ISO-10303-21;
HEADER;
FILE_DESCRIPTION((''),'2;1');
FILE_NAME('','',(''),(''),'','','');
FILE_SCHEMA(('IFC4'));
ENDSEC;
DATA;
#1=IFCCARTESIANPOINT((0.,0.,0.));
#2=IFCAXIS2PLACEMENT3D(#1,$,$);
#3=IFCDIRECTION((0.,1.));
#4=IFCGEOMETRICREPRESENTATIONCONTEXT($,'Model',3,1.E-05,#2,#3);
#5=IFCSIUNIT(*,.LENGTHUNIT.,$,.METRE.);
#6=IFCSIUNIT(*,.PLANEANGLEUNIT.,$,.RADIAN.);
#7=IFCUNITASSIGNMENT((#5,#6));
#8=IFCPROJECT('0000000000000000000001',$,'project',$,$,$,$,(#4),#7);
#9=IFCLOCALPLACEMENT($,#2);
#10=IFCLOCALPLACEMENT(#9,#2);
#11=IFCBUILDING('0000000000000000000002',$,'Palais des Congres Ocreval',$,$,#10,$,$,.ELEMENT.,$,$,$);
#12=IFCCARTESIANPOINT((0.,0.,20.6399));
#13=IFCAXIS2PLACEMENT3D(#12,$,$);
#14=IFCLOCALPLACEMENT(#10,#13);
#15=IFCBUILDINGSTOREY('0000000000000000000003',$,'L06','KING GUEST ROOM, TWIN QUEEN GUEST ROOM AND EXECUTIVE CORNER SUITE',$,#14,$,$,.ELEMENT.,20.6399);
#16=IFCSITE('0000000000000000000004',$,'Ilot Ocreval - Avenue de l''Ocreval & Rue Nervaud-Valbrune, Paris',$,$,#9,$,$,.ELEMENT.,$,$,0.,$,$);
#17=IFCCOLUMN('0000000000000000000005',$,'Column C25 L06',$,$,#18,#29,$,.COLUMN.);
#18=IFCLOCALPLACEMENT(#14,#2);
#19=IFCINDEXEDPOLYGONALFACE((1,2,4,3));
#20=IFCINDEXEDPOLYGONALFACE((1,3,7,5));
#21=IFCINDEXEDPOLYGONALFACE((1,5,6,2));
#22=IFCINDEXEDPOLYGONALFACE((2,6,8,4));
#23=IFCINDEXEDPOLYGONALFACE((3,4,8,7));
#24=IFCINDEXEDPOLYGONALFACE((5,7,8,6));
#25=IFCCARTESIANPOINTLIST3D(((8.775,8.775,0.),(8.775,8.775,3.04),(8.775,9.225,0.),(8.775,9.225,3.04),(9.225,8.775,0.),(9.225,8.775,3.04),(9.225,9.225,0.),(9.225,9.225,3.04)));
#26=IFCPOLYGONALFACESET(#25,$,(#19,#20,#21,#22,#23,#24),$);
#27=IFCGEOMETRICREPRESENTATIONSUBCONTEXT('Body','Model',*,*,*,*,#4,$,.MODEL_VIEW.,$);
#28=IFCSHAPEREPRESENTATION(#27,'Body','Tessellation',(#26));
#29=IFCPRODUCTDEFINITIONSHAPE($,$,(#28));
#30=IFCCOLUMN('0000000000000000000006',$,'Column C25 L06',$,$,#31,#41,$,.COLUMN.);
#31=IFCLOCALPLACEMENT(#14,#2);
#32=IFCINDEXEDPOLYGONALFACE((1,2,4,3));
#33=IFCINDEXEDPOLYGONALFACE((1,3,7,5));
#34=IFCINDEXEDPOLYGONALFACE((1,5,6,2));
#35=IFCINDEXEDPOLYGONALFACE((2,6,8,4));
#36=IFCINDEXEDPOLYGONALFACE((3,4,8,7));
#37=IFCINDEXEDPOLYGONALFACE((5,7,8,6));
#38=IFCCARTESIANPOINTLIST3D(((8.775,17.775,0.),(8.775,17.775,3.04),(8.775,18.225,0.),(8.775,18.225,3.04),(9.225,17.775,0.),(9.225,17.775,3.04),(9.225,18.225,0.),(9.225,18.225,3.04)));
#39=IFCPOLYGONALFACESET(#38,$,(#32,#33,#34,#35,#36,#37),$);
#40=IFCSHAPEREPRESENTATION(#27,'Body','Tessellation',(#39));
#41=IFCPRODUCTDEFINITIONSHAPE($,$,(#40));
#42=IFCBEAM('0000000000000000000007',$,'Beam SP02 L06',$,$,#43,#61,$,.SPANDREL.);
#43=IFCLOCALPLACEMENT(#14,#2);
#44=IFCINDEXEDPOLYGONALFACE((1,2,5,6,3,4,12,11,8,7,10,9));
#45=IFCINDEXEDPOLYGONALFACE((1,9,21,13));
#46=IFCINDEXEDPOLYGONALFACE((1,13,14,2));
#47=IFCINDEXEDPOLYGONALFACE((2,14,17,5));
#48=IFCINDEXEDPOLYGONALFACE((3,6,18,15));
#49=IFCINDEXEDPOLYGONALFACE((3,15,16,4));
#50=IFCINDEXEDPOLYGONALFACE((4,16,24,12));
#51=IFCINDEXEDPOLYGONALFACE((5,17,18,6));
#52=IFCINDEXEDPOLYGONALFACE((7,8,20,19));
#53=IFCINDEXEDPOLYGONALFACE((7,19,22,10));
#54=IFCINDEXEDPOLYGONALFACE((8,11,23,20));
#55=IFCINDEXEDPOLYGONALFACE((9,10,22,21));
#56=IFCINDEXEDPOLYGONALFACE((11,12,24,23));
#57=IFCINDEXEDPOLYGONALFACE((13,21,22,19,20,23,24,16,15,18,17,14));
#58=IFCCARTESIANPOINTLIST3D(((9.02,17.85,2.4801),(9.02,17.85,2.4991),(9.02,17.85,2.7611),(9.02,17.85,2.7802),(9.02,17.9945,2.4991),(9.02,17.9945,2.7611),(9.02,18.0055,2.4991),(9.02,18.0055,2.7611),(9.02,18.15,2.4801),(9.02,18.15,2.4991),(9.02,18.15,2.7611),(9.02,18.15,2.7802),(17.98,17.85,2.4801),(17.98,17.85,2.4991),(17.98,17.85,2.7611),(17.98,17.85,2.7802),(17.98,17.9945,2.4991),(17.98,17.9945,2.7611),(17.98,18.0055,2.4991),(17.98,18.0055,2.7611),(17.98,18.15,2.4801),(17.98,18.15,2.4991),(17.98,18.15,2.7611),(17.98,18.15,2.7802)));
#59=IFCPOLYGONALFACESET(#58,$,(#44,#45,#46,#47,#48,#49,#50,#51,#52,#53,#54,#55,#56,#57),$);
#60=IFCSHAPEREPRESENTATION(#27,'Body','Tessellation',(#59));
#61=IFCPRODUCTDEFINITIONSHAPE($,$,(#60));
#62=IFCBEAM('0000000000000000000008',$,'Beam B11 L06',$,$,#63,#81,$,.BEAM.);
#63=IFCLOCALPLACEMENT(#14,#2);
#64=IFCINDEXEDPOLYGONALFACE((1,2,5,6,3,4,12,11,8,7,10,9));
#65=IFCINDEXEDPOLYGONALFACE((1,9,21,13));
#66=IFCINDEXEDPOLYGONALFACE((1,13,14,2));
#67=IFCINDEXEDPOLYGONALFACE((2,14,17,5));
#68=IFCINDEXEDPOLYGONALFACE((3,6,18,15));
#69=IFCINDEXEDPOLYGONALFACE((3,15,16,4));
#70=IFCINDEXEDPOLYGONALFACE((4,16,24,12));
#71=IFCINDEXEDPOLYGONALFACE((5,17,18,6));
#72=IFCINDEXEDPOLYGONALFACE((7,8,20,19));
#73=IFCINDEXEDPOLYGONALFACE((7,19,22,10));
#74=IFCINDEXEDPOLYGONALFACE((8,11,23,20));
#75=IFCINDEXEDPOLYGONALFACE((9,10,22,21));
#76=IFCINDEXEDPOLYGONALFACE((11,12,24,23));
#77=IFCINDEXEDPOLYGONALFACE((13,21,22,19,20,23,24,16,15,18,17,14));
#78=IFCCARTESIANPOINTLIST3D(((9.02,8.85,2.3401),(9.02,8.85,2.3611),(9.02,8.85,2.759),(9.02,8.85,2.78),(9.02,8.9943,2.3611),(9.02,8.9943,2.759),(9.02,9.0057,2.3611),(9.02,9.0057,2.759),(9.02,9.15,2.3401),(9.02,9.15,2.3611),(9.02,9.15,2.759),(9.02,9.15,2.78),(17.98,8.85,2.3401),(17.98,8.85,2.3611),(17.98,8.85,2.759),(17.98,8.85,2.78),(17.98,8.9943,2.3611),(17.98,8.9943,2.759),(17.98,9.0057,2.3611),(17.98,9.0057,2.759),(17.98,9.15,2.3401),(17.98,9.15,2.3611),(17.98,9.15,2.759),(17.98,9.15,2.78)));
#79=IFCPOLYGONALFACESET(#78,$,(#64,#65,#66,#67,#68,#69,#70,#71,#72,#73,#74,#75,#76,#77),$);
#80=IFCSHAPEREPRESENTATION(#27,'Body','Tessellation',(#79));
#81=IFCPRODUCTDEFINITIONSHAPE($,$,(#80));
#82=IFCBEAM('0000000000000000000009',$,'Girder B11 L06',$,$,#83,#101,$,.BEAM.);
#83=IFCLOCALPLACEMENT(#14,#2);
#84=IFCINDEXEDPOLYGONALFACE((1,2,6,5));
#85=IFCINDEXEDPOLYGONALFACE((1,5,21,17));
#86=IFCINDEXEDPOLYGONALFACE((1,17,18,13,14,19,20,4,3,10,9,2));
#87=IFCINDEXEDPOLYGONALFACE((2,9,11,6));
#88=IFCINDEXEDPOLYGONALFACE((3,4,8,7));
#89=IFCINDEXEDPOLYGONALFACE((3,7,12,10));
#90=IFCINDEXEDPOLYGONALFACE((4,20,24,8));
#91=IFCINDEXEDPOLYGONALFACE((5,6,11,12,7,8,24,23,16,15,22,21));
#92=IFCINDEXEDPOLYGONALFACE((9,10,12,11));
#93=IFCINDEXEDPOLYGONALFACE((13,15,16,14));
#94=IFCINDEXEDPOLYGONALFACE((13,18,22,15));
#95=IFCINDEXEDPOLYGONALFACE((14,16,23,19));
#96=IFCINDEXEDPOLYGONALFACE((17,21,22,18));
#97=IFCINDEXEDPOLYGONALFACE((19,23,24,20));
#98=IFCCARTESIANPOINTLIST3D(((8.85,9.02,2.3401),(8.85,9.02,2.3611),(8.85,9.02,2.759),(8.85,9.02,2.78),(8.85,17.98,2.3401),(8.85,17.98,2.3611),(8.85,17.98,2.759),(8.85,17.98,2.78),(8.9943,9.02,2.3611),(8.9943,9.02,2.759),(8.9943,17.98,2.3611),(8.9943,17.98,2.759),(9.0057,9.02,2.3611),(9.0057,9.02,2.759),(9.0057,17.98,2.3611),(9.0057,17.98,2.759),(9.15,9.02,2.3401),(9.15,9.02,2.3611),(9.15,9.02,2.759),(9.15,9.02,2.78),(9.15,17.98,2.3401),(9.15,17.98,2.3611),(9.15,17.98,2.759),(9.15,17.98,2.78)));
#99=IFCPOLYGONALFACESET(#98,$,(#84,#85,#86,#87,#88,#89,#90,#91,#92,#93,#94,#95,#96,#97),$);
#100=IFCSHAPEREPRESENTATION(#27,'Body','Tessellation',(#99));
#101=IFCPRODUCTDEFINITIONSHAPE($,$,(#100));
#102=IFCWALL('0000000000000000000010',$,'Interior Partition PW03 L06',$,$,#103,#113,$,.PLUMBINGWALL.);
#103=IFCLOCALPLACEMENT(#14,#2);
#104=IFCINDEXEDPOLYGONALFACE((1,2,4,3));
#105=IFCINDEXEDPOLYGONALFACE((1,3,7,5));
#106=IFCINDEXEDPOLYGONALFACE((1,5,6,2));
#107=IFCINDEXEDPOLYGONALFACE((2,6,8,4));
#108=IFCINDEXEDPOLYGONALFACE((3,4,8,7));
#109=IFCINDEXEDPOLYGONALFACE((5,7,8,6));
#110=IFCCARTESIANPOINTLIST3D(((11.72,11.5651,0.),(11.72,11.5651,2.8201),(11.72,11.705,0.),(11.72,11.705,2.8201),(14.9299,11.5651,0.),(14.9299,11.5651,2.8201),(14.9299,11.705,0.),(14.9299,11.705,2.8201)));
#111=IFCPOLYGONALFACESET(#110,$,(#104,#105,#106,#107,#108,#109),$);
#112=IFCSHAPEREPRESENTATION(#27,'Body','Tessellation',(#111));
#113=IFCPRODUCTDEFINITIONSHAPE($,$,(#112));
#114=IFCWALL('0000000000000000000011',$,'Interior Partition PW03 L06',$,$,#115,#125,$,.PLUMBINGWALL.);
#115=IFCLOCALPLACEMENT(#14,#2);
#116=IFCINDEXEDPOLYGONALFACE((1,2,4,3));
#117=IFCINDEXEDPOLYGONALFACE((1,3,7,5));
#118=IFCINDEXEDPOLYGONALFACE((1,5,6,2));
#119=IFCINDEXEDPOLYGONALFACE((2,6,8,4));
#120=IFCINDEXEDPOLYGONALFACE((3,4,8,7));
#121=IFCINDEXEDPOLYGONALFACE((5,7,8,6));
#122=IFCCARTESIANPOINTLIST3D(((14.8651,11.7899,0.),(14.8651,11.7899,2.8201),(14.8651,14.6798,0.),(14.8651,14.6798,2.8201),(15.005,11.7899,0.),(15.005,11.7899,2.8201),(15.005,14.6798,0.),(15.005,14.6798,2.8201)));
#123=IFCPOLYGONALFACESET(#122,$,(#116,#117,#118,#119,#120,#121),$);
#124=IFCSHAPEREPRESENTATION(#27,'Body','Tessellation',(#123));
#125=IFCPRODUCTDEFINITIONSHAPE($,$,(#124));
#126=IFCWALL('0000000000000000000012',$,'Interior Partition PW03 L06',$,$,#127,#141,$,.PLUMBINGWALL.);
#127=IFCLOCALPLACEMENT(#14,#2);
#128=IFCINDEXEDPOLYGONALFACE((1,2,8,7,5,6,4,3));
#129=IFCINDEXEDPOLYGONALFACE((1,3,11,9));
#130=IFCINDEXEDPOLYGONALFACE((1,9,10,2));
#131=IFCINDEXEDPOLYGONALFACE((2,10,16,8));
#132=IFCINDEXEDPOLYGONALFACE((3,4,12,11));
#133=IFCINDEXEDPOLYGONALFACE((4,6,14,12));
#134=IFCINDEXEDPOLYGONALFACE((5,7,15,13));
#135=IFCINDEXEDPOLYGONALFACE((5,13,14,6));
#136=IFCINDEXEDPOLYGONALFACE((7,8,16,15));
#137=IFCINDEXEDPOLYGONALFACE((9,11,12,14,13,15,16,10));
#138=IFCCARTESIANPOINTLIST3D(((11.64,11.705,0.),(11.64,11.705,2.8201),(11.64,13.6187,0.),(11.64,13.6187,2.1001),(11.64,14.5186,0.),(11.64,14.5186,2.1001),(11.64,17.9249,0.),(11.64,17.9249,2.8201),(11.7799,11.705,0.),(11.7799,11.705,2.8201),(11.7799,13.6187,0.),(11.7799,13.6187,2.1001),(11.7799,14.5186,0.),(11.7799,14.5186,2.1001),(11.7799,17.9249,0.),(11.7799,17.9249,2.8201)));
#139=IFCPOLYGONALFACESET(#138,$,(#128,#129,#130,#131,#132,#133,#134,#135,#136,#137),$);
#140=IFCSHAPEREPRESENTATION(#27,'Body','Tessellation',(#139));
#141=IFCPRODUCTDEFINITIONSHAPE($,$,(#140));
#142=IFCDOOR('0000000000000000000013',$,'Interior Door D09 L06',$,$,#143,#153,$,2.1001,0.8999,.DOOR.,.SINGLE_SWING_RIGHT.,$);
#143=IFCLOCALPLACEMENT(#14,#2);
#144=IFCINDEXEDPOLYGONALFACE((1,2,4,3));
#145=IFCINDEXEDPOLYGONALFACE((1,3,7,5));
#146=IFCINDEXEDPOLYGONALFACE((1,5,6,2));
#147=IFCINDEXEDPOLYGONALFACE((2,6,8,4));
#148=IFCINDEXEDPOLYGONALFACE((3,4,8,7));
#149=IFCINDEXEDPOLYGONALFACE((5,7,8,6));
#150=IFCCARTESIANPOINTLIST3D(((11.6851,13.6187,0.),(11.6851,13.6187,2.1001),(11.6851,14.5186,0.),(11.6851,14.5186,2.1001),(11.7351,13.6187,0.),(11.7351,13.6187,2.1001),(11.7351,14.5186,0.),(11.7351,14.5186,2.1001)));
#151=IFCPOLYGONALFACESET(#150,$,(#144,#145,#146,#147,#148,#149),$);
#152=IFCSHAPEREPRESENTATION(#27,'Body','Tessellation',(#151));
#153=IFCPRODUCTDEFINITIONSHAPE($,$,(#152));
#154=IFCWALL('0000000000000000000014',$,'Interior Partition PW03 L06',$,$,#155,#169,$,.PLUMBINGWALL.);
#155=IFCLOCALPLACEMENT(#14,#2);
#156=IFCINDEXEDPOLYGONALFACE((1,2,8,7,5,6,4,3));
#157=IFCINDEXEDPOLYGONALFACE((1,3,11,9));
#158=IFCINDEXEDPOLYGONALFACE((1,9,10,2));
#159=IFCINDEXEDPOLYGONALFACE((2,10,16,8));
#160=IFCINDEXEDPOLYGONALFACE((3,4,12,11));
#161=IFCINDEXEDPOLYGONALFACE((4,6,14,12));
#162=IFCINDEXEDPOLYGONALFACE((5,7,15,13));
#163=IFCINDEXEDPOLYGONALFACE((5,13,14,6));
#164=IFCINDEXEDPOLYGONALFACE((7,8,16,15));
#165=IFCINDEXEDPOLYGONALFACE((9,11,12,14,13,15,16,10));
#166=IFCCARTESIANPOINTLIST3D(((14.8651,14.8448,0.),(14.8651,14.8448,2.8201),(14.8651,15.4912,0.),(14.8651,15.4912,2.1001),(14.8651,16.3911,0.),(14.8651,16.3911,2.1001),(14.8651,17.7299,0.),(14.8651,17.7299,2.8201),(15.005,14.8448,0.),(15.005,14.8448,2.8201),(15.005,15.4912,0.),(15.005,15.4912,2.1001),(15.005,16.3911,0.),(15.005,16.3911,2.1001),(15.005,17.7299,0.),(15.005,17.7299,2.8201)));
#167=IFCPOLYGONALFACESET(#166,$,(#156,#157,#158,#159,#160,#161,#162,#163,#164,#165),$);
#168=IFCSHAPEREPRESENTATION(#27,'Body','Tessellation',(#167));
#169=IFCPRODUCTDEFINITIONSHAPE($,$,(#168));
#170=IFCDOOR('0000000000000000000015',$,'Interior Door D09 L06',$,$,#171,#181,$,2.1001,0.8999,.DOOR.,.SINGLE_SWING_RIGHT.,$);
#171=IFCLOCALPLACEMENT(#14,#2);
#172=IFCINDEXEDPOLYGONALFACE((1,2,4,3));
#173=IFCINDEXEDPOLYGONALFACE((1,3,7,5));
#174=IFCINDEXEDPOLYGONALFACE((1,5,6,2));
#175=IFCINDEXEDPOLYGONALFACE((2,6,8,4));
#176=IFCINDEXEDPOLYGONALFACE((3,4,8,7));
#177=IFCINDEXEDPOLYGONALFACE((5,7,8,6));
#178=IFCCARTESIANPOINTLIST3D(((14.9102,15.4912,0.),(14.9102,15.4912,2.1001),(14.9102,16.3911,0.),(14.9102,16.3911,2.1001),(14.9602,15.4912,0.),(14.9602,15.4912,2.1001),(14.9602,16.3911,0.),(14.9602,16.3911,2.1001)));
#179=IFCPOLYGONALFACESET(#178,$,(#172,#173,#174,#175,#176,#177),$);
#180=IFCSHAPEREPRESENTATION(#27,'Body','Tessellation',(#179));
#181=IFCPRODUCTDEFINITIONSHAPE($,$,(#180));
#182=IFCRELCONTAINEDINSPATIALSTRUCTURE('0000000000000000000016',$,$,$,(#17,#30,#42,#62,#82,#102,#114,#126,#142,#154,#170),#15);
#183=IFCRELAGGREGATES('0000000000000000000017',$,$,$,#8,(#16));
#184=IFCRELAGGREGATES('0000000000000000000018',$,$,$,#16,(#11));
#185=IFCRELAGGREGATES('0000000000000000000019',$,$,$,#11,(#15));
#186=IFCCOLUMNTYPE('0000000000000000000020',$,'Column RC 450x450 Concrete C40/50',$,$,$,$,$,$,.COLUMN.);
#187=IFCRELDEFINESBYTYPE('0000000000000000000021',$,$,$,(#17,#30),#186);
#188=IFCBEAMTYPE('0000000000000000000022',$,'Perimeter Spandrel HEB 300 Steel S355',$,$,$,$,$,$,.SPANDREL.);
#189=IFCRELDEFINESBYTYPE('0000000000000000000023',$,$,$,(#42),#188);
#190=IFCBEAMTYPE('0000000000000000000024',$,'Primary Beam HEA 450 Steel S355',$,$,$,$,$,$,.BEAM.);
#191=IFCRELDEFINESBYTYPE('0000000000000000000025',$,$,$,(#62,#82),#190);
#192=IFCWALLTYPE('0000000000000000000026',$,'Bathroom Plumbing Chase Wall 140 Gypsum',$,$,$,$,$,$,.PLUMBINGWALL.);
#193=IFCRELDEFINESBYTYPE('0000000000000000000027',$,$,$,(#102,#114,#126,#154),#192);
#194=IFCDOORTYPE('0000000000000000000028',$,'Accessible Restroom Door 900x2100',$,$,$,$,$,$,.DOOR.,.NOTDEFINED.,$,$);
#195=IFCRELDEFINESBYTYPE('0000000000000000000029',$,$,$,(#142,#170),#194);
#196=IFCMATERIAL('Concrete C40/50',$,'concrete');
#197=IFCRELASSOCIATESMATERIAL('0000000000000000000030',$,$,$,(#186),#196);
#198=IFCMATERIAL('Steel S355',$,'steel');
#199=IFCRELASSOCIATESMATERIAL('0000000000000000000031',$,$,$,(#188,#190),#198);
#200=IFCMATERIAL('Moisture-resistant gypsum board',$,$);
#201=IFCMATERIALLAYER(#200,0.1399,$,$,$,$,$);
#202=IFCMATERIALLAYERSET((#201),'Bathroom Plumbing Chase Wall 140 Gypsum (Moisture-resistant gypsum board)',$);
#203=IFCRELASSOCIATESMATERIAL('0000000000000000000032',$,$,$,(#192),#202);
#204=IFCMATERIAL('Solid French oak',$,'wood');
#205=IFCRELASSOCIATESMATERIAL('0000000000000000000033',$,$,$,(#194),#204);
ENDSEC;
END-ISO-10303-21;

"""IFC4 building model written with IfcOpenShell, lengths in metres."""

from ifc_helpers import new_model, si_unit, direction, frame, frame_2d, origin, origin_2d, place, context, subcontext, project, spatial, rectangle, i_section, extrude, material, layer, layer_set, material_profile, profile_set, type_object, element, fill, save


model = new_model("IFC4")

# Units and contexts
model_context = context("Model", 3, precision=1e-05, world=origin(), true_north=direction((0.0, 1.0)))
body_context = subcontext(model_context, "Body", "Model", "MODEL_VIEW")
ifc_project = project(units=[si_unit("LENGTHUNIT", "METRE"), si_unit("PLANEANGLEUNIT", "RADIAN")], contexts=[model_context])

# Site, building, storey
site_placement = place(None, origin())
site = spatial("IfcSite", under=ifc_project, at=site_placement, Name="Ilot Ocreval - Avenue de l'Ocreval & Rue Nervaud-Valbrune, Paris", CompositionType="ELEMENT", RefElevation=0.0)
building_placement = place(site_placement, origin())
building = spatial("IfcBuilding", under=site, at=building_placement, Name="Palais des Congres Ocreval", CompositionType="ELEMENT")
storey_placement = place(building_placement, frame((0.0, 0.0, 20.6399)))
storey = spatial("IfcBuildingStorey", under=building, at=storey_placement, Name="L06", Description="KING GUEST ROOM, TWIN QUEEN GUEST ROOM AND EXECUTIVE CORNER SUITE", CompositionType="ELEMENT", Elevation=20.6399)

# Columns
ifc_material_1 = material(Name="Concrete C40/50", Category="concrete")
ifc_material_profile_1 = material_profile(ifc_material_1, rectangle(XDim=0.45, YDim=0.45, at=origin_2d()), Name="RC 450x450")
ifc_profile_set_1 = profile_set([ifc_material_profile_1], Name="Concrete C40/50")
column_type = type_object("IfcColumnType", Name="Column RC 450x450 Concrete C40/50", PredefinedType="COLUMN", material=ifc_profile_set_1)
for number, where, z_axis, x_axis, name in (
    (1, (9.0, 9.0, 0.0), (0.0, 0.0, 1.0), (1.0, 0.0, 0.0), "Column C25 L06"),
    (2, (9.0, 18.0, 0.0), (0.0, 0.0, 1.0), (1.0, 0.0, 0.0), "Column C25 L06"),
):
    element("IfcColumn", number, at=place(storey_placement, frame(where, z_axis=z_axis, x_axis=x_axis)), inside=storey, type_object=column_type, Name=name, PredefinedType="COLUMN", context=body_context, shape_type="SweptSolid", body=[
        extrude(rectangle(XDim=0.45, YDim=0.45, at=origin_2d()), origin(), (0.0, 0.0, 1.0), 3.04),
    ])

# Beams
ifc_material_2 = material(Name="Steel S355", Category="steel")
ifc_material_profile_2 = material_profile(ifc_material_2, i_section(OverallWidth=0.3, OverallDepth=0.3, WebThickness=0.011, FlangeThickness=0.019, at=origin_2d()), Name="HEB 300")
ifc_profile_set_2 = profile_set([ifc_material_profile_2], Name="Steel S355")
beam_type_1 = type_object("IfcBeamType", Name="Perimeter Spandrel HEB 300 Steel S355", PredefinedType="SPANDREL", material=ifc_profile_set_2)
beam_placement = place(storey_placement, frame((9.02, 18.0, 2.6301), z_axis=(1.0, 0.0, 0.0), x_axis=(0.0, 1.0, 0.0)))
element("IfcBeam", 3, at=beam_placement, inside=storey, type_object=beam_type_1, Name="Beam SP02 L06", PredefinedType="SPANDREL", context=body_context, shape_type="SweptSolid", body=[
    extrude(i_section(OverallWidth=0.3, OverallDepth=0.3, WebThickness=0.011, FlangeThickness=0.019, at=origin_2d()), origin(), (0.0, 0.0, 1.0), 8.96),
])
ifc_material_profile_3 = material_profile(ifc_material_2, i_section(OverallWidth=0.3, OverallDepth=0.4399, WebThickness=0.0115, FlangeThickness=0.021, at=origin_2d()), Name="HEA 450")
ifc_profile_set_3 = profile_set([ifc_material_profile_3], Name="Steel S355")
beam_type_2 = type_object("IfcBeamType", Name="Primary Beam HEA 450 Steel S355", PredefinedType="BEAM", material=ifc_profile_set_3)
for number, where, z_axis, x_axis, name in (
    (4, (9.02, 9.0, 2.5601), (1.0, 0.0, 0.0), (0.0, 1.0, 0.0), "Beam B11 L06"),
    (5, (9.0, 9.02, 2.5601), (0.0, 1.0, 0.0), (-1.0, 0.0, 0.0), "Girder B11 L06"),
):
    element("IfcBeam", number, at=place(storey_placement, frame(where, z_axis=z_axis, x_axis=x_axis)), inside=storey, type_object=beam_type_2, Name=name, PredefinedType="BEAM", context=body_context, shape_type="SweptSolid", body=[
        extrude(i_section(OverallWidth=0.3, OverallDepth=0.4399, WebThickness=0.0115, FlangeThickness=0.021, at=origin_2d()), origin(), (0.0, 0.0, 1.0), 8.96),
    ])

# Walls
ifc_material_3 = material(Name="Moisture-resistant gypsum board")
ifc_layer_1 = layer(ifc_material_3, 0.1399)
ifc_layer_set_1 = layer_set([ifc_layer_1], Name="Bathroom Plumbing Chase Wall 140 Gypsum (Moisture-resistant gypsum board)")
wall_type_1 = type_object("IfcWallType", Name="Bathroom Plumbing Chase Wall 140 Gypsum", PredefinedType="PLUMBINGWALL", material=ifc_layer_set_1)
wall_1_placement = place(storey_placement, frame((11.72, 11.635, 0.0), z_axis=(0.0, 0.0, 1.0), x_axis=(1.0, 0.0, 0.0)))
element("IfcWall", 6, at=wall_1_placement, inside=storey, type_object=wall_type_1, Name="Interior Partition PW03 L06", PredefinedType="PLUMBINGWALL", context=body_context, shape_type="SweptSolid", body=[
    extrude(rectangle(XDim=3.21, YDim=0.1399, at=frame_2d((1.605, 0.0))), origin(), (0.0, 0.0, 1.0), 2.8201),
])
wall_2_placement = place(storey_placement, frame((14.9351, 11.79, 0.0), z_axis=(0.0, 0.0, 1.0), x_axis=(0.0, 1.0, 0.0)))
element("IfcWall", 7, at=wall_2_placement, inside=storey, type_object=wall_type_1, Name="Interior Partition PW03 L06", PredefinedType="PLUMBINGWALL", context=body_context, shape_type="SweptSolid", body=[
    extrude(rectangle(XDim=2.8899, YDim=0.1399, at=frame_2d((1.4448, 0.0))), origin(), (0.0, 0.0, 1.0), 2.8201),
])

# Walls, openings, doors
wall_3_placement = place(storey_placement, frame((11.71, 11.7051, 0.0), z_axis=(0.0, 0.0, 1.0), x_axis=(0.0, 1.0, 0.0)))
wall_3 = element("IfcWall", 8, at=wall_3_placement, inside=storey, type_object=wall_type_1, Name="Interior Partition PW03 L06", PredefinedType="PLUMBINGWALL", context=body_context, shape_type="SweptSolid", body=[
    extrude(rectangle(XDim=6.22, YDim=0.1399, at=frame_2d((3.1099, 0.0))), origin(), (0.0, 0.0, 1.0), 2.8201),
])
opening_1_placement = place(wall_3_placement, frame((1.9136, 0.0, 0.0)))
opening_1 = element("IfcOpeningElement", 9, at=opening_1_placement, cuts=wall_3, PredefinedType="OPENING", context=body_context, shape_type="SweptSolid", body=[
    extrude(rectangle(XDim=0.8999, YDim=2.1001, at=frame_2d((0.45, 1.05))), frame((0.0, 0.0798, 0.0), z_axis=(0.0, -1.0, 0.0), x_axis=(1.0, 0.0, 0.0)), (0.0, 0.0, 1.0), 0.1599),
])
ifc_material_4 = material(Name="Solid French oak", Category="wood")
door_type_1 = type_object("IfcDoorType", Name="Accessible Restroom Door 900x2100", OperationType="NOTDEFINED", PredefinedType="DOOR", material=ifc_material_4)
door_1_placement = place(opening_1_placement, origin())
door_1 = element("IfcDoor", 10, at=door_1_placement, inside=storey, type_object=door_type_1, Name="Interior Door D09 L06", OperationType="SINGLE_SWING_RIGHT", OverallHeight=2.1001, OverallWidth=0.8999, PredefinedType="DOOR", context=body_context, shape_type="SweptSolid", body=[
    extrude(rectangle(XDim=0.8999, YDim=2.1001, at=frame_2d((0.45, 1.05))), frame((0.0, 0.0249, 0.0), z_axis=(0.0, -1.0, 0.0), x_axis=(1.0, 0.0, 0.0)), (0.0, 0.0, 1.0), 0.05),
])
fill(opening_1, door_1)
wall_4_placement = place(storey_placement, frame((14.9351, 14.845, 0.0), z_axis=(0.0, 0.0, 1.0), x_axis=(0.0, 1.0, 0.0)))
wall_4 = element("IfcWall", 11, at=wall_4_placement, inside=storey, type_object=wall_type_1, Name="Interior Partition PW03 L06", PredefinedType="PLUMBINGWALL", context=body_context, shape_type="SweptSolid", body=[
    extrude(rectangle(XDim=2.885, YDim=0.1399, at=frame_2d((1.4424, 0.0))), origin(), (0.0, 0.0, 1.0), 2.8201),
])
opening_2_placement = place(wall_4_placement, frame((0.6462, 0.0, 0.0)))
opening_2 = element("IfcOpeningElement", 12, at=opening_2_placement, cuts=wall_4, PredefinedType="OPENING", context=body_context, shape_type="SweptSolid", body=[
    extrude(rectangle(XDim=0.8999, YDim=2.1001, at=frame_2d((0.45, 1.05))), frame((0.0, 0.0798, 0.0), z_axis=(0.0, -1.0, 0.0), x_axis=(1.0, 0.0, 0.0)), (0.0, 0.0, 1.0), 0.1599),
])
door_2_placement = place(opening_2_placement, origin())
door_2 = element("IfcDoor", 13, at=door_2_placement, inside=storey, type_object=door_type_1, Name="Interior Door D09 L06", OperationType="SINGLE_SWING_RIGHT", OverallHeight=2.1001, OverallWidth=0.8999, PredefinedType="DOOR", context=body_context, shape_type="SweptSolid", body=[
    extrude(rectangle(XDim=0.8999, YDim=2.1001, at=frame_2d((0.45, 1.05))), frame((0.0, 0.0249, 0.0), z_axis=(0.0, -1.0, 0.0), x_axis=(1.0, 0.0, 0.0)), (0.0, 0.0, 1.0), 0.05),
])
fill(opening_2, door_2)

save(model, "model.ifc")
